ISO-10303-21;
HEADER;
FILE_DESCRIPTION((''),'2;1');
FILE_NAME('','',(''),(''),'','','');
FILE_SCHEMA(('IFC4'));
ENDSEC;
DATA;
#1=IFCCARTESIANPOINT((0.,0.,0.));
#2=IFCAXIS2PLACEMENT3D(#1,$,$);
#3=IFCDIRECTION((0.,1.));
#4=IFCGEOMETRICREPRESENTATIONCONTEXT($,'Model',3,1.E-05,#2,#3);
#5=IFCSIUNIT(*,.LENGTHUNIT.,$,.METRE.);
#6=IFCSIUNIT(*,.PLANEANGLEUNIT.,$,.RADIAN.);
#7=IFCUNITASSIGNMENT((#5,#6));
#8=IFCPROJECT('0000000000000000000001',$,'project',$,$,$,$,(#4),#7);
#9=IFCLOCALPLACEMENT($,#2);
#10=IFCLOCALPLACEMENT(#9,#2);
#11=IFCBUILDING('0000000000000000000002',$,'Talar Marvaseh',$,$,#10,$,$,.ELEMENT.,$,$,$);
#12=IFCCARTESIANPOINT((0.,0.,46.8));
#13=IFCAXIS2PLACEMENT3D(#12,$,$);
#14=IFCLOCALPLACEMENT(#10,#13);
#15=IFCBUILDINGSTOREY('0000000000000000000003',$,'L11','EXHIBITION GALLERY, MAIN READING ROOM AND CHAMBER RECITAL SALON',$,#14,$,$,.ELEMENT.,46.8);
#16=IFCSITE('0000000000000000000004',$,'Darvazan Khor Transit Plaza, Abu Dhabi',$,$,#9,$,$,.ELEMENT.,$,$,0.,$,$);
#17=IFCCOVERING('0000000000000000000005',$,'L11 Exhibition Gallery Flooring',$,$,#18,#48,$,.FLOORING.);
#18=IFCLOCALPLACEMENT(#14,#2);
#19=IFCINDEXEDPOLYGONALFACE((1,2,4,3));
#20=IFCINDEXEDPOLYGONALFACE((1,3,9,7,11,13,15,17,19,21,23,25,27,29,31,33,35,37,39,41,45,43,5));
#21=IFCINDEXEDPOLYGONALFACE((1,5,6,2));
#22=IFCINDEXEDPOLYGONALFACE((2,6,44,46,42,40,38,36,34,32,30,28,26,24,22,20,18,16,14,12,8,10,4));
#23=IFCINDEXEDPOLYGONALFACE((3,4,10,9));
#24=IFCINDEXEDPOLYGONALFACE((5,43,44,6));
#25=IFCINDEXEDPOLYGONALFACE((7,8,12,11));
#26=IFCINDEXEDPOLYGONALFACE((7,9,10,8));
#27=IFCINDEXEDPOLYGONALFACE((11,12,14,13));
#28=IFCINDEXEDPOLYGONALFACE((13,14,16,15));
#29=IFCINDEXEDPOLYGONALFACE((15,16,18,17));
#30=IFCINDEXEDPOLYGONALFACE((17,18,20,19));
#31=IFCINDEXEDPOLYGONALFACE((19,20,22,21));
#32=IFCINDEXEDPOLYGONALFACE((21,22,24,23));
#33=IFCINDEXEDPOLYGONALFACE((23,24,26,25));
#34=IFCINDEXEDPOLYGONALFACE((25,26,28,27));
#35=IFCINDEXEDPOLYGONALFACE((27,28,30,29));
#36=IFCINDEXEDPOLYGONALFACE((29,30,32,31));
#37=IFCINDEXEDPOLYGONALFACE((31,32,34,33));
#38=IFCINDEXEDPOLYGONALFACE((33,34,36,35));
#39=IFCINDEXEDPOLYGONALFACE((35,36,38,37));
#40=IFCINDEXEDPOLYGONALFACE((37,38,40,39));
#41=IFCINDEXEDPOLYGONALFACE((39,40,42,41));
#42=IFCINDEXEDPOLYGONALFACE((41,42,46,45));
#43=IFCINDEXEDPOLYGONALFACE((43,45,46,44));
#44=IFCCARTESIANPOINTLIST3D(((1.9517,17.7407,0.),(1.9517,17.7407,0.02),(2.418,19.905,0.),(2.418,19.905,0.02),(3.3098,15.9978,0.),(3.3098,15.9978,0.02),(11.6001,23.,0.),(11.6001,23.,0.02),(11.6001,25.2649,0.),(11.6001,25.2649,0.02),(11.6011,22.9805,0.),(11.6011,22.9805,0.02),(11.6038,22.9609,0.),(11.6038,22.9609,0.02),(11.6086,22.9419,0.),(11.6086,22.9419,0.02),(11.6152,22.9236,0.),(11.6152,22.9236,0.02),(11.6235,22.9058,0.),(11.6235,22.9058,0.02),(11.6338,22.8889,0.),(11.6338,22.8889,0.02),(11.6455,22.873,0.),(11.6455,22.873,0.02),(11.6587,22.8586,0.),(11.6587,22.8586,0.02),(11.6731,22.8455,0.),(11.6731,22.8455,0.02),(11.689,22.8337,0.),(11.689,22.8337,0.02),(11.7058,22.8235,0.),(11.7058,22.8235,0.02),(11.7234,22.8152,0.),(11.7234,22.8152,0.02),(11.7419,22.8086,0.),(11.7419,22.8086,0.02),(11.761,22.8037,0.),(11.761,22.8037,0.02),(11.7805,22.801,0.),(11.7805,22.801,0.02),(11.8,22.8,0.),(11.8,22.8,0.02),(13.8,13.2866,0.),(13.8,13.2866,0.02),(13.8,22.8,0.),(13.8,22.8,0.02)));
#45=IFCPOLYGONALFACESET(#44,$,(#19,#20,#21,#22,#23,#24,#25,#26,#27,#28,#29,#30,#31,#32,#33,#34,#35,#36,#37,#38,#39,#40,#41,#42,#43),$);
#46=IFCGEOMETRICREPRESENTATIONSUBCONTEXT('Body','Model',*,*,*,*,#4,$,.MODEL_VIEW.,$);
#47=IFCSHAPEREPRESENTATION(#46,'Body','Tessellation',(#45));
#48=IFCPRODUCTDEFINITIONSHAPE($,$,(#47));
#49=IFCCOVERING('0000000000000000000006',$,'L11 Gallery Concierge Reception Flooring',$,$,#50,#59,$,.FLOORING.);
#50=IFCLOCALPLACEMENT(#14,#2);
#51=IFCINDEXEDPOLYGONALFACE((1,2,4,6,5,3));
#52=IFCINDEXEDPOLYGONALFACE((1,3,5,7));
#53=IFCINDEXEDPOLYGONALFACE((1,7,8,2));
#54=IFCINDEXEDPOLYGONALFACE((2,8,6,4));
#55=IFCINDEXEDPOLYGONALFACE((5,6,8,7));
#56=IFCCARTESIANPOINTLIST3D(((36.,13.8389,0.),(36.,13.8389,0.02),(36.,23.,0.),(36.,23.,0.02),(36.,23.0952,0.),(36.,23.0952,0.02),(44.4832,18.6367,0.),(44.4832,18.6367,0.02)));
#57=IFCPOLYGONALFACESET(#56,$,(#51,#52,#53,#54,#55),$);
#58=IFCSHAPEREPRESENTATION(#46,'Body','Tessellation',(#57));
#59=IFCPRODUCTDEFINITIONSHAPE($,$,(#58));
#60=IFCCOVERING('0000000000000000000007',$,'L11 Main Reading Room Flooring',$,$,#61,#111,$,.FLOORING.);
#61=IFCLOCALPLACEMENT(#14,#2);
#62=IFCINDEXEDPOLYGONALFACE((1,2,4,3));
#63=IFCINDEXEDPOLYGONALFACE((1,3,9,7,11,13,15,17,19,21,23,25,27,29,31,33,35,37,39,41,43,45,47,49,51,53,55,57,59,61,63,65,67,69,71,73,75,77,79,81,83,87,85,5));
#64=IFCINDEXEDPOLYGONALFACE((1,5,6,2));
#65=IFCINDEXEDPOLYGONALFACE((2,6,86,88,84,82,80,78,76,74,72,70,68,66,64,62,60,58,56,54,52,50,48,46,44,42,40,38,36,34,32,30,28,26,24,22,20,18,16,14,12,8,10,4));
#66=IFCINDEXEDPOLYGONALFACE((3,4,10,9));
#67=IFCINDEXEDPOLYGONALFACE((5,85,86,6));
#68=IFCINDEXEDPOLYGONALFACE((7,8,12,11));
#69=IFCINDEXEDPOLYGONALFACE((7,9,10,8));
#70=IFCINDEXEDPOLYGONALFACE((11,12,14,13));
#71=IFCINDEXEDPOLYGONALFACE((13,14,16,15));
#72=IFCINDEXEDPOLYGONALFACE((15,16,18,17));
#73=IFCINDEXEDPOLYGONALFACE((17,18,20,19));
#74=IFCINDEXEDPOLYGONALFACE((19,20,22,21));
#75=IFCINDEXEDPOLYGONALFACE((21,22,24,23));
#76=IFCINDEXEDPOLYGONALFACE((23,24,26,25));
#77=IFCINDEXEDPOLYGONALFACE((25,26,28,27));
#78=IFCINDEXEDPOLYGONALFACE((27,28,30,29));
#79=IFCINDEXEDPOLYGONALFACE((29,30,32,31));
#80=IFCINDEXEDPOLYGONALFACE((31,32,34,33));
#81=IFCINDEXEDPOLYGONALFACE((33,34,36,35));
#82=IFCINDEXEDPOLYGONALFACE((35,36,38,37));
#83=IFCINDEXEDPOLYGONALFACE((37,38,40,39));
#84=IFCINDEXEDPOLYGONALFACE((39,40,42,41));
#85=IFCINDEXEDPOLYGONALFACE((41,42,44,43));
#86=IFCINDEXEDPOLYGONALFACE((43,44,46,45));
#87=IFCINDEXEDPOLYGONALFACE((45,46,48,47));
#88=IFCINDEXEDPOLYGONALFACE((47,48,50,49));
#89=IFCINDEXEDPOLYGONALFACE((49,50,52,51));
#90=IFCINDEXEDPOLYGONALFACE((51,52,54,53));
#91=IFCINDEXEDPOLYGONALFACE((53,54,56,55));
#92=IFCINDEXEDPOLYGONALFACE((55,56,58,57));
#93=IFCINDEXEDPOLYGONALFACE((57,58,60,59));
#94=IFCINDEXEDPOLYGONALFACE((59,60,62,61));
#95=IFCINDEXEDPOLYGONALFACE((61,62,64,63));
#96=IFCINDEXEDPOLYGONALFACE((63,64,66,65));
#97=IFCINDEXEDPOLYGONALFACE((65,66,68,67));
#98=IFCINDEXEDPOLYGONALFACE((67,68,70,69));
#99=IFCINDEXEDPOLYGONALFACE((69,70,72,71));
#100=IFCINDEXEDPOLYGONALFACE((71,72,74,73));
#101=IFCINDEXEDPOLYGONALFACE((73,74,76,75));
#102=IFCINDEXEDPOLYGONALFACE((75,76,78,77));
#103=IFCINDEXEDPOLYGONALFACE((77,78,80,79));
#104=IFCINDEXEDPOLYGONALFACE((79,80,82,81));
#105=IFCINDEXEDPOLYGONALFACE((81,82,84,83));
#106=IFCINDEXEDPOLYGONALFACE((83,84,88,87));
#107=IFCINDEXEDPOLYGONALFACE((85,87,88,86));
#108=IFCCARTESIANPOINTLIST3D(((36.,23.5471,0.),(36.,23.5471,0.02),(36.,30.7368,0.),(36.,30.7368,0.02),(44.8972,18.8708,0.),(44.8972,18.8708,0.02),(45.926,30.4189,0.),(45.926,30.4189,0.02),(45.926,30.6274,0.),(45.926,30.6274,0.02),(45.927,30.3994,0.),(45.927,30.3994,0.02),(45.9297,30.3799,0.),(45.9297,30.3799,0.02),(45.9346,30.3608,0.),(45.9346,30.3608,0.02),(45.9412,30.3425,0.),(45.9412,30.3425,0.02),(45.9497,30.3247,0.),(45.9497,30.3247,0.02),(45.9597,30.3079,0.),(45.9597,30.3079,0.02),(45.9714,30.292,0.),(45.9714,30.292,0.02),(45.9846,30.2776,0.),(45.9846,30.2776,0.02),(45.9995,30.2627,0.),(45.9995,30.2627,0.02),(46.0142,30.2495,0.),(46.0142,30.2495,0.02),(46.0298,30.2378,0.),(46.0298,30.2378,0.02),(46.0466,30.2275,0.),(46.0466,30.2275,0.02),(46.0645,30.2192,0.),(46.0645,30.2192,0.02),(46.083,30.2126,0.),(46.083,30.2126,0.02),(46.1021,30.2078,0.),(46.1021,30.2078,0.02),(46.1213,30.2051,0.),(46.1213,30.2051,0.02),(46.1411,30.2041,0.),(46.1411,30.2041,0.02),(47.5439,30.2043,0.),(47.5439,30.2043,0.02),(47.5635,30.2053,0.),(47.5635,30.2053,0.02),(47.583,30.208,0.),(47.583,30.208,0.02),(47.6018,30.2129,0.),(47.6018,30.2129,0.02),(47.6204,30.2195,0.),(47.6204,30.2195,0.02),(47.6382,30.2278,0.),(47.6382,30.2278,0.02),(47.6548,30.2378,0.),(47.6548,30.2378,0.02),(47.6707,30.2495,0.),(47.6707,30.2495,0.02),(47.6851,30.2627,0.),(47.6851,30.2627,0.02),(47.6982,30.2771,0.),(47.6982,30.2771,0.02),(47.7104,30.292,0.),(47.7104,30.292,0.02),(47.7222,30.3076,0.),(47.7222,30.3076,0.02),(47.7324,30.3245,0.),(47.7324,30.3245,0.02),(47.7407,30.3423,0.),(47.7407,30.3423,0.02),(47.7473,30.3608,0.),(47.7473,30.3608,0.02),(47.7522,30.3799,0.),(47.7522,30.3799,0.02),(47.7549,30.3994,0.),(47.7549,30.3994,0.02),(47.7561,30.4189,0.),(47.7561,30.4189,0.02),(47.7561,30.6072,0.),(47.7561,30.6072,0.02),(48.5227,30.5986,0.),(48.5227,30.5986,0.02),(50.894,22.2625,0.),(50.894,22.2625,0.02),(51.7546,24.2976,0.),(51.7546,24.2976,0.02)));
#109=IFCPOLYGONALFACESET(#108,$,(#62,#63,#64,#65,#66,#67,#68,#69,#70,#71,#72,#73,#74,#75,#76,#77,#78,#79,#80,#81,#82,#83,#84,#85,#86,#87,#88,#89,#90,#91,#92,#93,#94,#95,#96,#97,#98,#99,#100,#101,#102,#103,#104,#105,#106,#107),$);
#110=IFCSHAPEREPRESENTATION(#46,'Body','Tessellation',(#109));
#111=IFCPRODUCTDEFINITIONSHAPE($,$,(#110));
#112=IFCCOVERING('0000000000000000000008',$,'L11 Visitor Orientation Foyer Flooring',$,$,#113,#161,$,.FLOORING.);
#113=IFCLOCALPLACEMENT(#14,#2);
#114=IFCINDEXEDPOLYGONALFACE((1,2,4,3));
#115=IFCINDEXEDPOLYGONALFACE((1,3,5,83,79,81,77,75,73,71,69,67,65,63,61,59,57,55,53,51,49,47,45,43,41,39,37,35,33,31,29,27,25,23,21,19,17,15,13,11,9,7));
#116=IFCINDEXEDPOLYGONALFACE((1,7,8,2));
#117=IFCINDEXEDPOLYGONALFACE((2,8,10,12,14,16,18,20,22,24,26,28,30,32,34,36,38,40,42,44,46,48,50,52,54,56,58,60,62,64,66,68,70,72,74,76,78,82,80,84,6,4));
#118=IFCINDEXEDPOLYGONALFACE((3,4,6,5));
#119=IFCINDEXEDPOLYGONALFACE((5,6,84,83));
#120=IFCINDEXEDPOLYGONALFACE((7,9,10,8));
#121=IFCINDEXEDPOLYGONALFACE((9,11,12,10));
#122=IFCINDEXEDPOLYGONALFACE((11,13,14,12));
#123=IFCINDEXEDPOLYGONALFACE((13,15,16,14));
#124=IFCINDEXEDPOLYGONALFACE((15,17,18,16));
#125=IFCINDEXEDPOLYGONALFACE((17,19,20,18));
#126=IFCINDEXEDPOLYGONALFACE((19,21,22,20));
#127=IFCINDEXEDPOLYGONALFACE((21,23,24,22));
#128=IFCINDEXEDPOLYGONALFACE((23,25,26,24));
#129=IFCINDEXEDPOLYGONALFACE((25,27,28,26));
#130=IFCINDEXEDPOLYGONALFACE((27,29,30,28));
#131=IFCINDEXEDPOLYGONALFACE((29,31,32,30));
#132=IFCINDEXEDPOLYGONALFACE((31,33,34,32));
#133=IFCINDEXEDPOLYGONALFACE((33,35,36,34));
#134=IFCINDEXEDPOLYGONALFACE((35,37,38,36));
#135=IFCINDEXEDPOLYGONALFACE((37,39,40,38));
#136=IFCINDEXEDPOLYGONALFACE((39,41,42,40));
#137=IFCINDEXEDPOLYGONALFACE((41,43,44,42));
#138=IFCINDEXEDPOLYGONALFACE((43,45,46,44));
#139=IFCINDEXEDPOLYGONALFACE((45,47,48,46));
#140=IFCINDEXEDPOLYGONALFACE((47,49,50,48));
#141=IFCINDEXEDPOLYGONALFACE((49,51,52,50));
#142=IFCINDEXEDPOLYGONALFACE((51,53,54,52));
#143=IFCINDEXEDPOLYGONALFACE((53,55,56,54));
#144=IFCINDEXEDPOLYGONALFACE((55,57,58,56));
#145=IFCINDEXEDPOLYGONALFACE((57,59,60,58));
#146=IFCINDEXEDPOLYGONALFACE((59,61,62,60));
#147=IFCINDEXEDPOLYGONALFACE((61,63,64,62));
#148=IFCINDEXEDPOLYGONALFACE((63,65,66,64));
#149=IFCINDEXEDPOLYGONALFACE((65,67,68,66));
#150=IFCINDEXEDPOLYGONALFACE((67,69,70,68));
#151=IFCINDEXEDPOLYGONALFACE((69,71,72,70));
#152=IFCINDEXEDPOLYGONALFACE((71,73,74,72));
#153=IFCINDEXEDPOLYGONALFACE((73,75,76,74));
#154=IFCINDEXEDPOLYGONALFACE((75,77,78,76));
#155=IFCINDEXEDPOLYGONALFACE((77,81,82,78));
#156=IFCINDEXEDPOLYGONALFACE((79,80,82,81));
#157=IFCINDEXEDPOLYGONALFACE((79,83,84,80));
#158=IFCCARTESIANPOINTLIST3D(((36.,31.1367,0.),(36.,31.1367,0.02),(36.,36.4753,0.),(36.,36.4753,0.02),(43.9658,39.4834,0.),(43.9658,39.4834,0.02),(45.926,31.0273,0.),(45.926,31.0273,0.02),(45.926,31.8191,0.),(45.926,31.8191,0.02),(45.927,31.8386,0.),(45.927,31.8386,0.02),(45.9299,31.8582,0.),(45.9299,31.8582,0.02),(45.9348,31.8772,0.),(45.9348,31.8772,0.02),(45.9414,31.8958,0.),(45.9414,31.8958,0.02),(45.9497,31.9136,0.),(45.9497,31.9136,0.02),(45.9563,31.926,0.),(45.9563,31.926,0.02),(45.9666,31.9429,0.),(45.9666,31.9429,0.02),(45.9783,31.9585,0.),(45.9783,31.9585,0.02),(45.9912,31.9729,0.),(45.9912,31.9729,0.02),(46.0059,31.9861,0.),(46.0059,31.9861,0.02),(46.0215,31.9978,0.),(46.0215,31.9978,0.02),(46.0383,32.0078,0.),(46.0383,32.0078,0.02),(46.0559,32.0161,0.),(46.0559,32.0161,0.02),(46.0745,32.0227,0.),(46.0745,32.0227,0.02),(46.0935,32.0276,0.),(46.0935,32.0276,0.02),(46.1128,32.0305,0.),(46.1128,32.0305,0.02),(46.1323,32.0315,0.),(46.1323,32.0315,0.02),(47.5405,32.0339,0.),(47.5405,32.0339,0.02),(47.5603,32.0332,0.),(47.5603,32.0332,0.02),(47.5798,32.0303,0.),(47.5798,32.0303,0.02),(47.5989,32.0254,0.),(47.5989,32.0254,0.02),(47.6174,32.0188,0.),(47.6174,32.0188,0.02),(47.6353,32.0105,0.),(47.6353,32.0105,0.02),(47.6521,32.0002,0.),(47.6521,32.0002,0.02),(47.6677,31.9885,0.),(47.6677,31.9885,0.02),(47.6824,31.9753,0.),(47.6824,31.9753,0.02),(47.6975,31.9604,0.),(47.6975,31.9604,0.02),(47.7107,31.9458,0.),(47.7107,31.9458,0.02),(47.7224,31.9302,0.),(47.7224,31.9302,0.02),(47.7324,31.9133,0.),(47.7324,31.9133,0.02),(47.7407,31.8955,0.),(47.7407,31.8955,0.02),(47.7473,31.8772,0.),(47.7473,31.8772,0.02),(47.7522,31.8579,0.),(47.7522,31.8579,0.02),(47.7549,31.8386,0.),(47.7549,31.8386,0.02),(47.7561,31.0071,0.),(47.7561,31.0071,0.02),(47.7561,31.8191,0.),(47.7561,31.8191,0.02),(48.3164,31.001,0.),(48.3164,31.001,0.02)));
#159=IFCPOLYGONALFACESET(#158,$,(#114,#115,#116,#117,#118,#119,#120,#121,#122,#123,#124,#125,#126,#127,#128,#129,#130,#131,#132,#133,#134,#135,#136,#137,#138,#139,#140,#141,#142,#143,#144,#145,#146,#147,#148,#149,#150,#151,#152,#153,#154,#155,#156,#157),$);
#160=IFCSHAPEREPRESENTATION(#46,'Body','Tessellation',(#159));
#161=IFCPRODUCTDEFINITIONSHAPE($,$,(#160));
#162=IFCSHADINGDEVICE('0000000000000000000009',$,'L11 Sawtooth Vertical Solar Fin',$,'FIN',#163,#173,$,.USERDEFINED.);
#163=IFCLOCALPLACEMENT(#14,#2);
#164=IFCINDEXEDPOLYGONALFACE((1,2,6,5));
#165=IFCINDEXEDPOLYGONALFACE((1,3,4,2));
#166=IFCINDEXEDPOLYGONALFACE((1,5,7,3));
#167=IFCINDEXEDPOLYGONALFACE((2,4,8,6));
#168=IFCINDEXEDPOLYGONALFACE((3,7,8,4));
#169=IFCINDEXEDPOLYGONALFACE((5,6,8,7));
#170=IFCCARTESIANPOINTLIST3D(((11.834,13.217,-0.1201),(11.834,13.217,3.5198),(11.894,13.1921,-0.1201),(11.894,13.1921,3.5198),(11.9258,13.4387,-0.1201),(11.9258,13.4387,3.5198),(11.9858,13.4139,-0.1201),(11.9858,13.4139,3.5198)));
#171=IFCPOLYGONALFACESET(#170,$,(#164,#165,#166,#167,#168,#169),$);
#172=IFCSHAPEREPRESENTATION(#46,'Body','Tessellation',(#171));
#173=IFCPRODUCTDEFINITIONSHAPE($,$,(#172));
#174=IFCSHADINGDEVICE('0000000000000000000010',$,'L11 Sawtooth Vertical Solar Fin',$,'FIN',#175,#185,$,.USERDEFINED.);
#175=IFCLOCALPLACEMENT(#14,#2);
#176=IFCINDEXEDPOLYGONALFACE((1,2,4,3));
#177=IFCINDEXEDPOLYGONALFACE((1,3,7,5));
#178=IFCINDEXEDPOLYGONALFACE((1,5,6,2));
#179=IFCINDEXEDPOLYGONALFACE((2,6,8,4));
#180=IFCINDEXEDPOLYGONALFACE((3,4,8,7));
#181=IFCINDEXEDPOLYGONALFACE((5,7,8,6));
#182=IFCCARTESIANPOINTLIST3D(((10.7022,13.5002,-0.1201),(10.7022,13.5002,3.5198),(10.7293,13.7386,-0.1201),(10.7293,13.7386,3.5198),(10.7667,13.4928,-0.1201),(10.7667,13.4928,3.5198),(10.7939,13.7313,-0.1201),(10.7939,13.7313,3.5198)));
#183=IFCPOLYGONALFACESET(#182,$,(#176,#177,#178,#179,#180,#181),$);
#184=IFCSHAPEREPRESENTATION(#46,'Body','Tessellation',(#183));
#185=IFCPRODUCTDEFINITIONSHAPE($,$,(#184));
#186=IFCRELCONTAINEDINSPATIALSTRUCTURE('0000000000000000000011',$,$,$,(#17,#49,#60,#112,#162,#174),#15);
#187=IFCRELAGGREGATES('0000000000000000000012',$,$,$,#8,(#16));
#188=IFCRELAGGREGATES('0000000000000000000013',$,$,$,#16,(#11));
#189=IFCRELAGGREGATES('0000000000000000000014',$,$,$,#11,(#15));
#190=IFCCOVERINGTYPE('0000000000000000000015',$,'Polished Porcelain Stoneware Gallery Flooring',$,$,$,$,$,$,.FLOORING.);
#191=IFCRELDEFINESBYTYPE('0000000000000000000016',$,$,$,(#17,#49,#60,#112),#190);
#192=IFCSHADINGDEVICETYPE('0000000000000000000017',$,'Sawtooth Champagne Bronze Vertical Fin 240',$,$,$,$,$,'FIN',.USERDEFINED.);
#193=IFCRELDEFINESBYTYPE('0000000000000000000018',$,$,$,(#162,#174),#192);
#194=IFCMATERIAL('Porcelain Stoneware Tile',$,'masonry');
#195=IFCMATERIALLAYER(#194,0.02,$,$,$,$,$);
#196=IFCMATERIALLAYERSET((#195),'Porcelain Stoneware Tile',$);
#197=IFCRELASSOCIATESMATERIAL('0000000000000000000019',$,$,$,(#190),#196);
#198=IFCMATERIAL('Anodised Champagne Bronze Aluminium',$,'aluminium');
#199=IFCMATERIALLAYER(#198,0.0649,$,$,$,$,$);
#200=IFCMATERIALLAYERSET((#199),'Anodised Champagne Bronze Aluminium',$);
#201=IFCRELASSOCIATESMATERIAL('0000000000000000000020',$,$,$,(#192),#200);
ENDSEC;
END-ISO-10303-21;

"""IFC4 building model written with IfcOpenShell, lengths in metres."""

from ifc_helpers import new_model, si_unit, direction, frame, origin, origin_2d, place, context, subcontext, project, spatial, polyline, rectangle, outline, extrude, source, transform, mapped, material, layer, layer_set, type_object, type_shapes, element, save


model = new_model("IFC4")

# Units and contexts
model_context = context("Model", 3, precision=1e-05, world=origin(), true_north=direction((0.0, 1.0)))
body_context = subcontext(model_context, "Body", "Model", "MODEL_VIEW")
ifc_project = project(units=[si_unit("LENGTHUNIT", "METRE"), si_unit("PLANEANGLEUNIT", "RADIAN")], contexts=[model_context])

# Site, building, storey
site_placement = place(None, origin())
site = spatial("IfcSite", under=ifc_project, at=site_placement, Name="Darvazan Khor Transit Plaza, Abu Dhabi", CompositionType="ELEMENT", RefElevation=0.0)
building_placement = place(site_placement, origin())
building = spatial("IfcBuilding", under=site, at=building_placement, Name="Talar Marvaseh", CompositionType="ELEMENT")
storey_placement = place(building_placement, frame((0.0, 0.0, 46.8)))
storey = spatial("IfcBuildingStorey", under=building, at=storey_placement, Name="L11", Description="EXHIBITION GALLERY, MAIN READING ROOM AND CHAMBER RECITAL SALON", CompositionType="ELEMENT", Elevation=46.8)

# Coverings
ifc_material_1 = material(Name="Porcelain Stoneware Tile", Category="masonry")
ifc_layer_1 = layer(ifc_material_1, 0.02)
ifc_layer_set_1 = layer_set([ifc_layer_1], Name="Porcelain Stoneware Tile")
covering_type_1 = type_object("IfcCoveringType", Name="Polished Porcelain Stoneware Gallery Flooring", PredefinedType="FLOORING", material=ifc_layer_set_1)
covering_1_placement = place(storey_placement, origin())
element("IfcCovering", 1, at=covering_1_placement, inside=storey, type_object=covering_type_1, Name="L11 Exhibition Gallery Flooring", PredefinedType="FLOORING", context=body_context, shape_type="SweptSolid", body=[
    extrude(outline(polyline([(2.418, 19.905), (11.6001, 25.2649), (11.6001, 23.0), (11.6011, 22.9805), (11.6038, 22.9609), (11.6086, 22.9419), (11.6152, 22.9236), (11.6235, 22.9058), (11.6338, 22.8889), (11.6455, 22.873), (11.6587, 22.8586), (11.6731, 22.8455), (11.689, 22.8337), (11.7058, 22.8235), (11.7234, 22.8152), (11.7419, 22.8086), (11.761, 22.8037), (11.7805, 22.801), (11.8, 22.8), (13.8, 22.8), (13.8, 13.2866), (3.3098, 15.9978), (1.9517, 17.7407), (2.418, 19.905)])), origin(), (0.0, 0.0, 1.0), 0.02),
])
covering_2_placement = place(storey_placement, origin())
element("IfcCovering", 2, at=covering_2_placement, inside=storey, type_object=covering_type_1, Name="L11 Gallery Concierge Reception Flooring", PredefinedType="FLOORING", context=body_context, shape_type="SweptSolid", body=[
    extrude(outline(polyline([(44.4832, 18.6367), (36.0, 13.8389), (36.0, 23.0), (36.0, 23.0952), (44.4832, 18.6367)])), origin(), (0.0, 0.0, 1.0), 0.02),
])
covering_3_placement = place(storey_placement, origin())
element("IfcCovering", 3, at=covering_3_placement, inside=storey, type_object=covering_type_1, Name="L11 Main Reading Room Flooring", PredefinedType="FLOORING", context=body_context, shape_type="SweptSolid", body=[
    extrude(outline(polyline([(36.0, 23.5471), (36.0, 30.7368), (45.926, 30.6274), (45.926, 30.4189), (45.927, 30.3994), (45.9297, 30.3799), (45.9346, 30.3608), (45.9412, 30.3425), (45.9497, 30.3247), (45.9597, 30.3079), (45.9714, 30.292), (45.9846, 30.2776), (45.9995, 30.2627), (46.0142, 30.2495), (46.0298, 30.2378), (46.0466, 30.2275), (46.0645, 30.2192), (46.083, 30.2126), (46.1021, 30.2078), (46.1213, 30.2051), (46.1411, 30.2041), (47.5439, 30.2043), (47.5635, 30.2053), (47.583, 30.208), (47.6018, 30.2129), (47.6204, 30.2195), (47.6382, 30.2278), (47.6548, 30.2378), (47.6707, 30.2495), (47.6851, 30.2627), (47.6982, 30.2771), (47.7104, 30.292), (47.7222, 30.3076), (47.7324, 30.3245), (47.7407, 30.3423), (47.7473, 30.3608), (47.7522, 30.3799), (47.7549, 30.3994), (47.7561, 30.4189), (47.7561, 30.6072), (48.5227, 30.5986), (51.7546, 24.2976), (50.894, 22.2625), (44.8972, 18.8708), (36.0, 23.5471)])), origin(), (0.0, 0.0, 1.0), 0.02),
])
covering_4_placement = place(storey_placement, origin())
element("IfcCovering", 4, at=covering_4_placement, inside=storey, type_object=covering_type_1, Name="L11 Visitor Orientation Foyer Flooring", PredefinedType="FLOORING", context=body_context, shape_type="SweptSolid", body=[
    extrude(outline(polyline([(47.7549, 31.8386), (47.7522, 31.8579), (47.7473, 31.8772), (47.7407, 31.8955), (47.7324, 31.9133), (47.7224, 31.9302), (47.7107, 31.9458), (47.6975, 31.9604), (47.6824, 31.9753), (47.6677, 31.9885), (47.6521, 32.0002), (47.6353, 32.0105), (47.6174, 32.0188), (47.5989, 32.0254), (47.5798, 32.0303), (47.5603, 32.0332), (47.5405, 32.0339), (46.1323, 32.0315), (46.1128, 32.0305), (46.0935, 32.0276), (46.0745, 32.0227), (46.0559, 32.0161), (46.0383, 32.0078), (46.0215, 31.9978), (46.0059, 31.9861), (45.9912, 31.9729), (45.9783, 31.9585), (45.9666, 31.9429), (45.9563, 31.926), (45.9497, 31.9136), (45.9414, 31.8958), (45.9348, 31.8772), (45.9299, 31.8582), (45.927, 31.8386), (45.926, 31.8191), (45.926, 31.0273), (36.0, 31.1367), (36.0, 36.4753), (43.9658, 39.4834), (48.3164, 31.001), (47.7561, 31.0071), (47.7561, 31.8191), (47.7549, 31.8386)])), origin(), (0.0, 0.0, 1.0), 0.02),
])

# Shading devices
ifc_material_2 = material(Name="Anodised Champagne Bronze Aluminium", Category="aluminium")
ifc_layer_2 = layer(ifc_material_2, 0.0649)
ifc_layer_set_2 = layer_set([ifc_layer_2], Name="Anodised Champagne Bronze Aluminium")
shading_device_type = type_object("IfcShadingDeviceType", Name="Sawtooth Champagne Bronze Vertical Fin 240", ElementType="FIN", PredefinedType="USERDEFINED", material=ifc_layer_set_2)
shared_shape_1 = source(origin(), body_context, "Body", "SweptSolid", [
    extrude(rectangle(XDim=0.24, YDim=0.0649, at=origin_2d()), origin(), (0.0, 0.0, 1.0), 3.6399),
])
type_shapes(shading_device_type, [shared_shape_1])
for number, where, z_axis, x_axis, name in (
    (5, (11.9099, 13.3154, -0.1201), (0.0, 0.0, 1.0), (-0.382522, -0.923946, 0.0), "L11 Sawtooth Vertical Solar Fin"),
    (6, (10.748, 13.6157, -0.1201), (0.0, 0.0, 1.0), (-0.11303, -0.993592, 0.0), "L11 Sawtooth Vertical Solar Fin"),
):
    element("IfcShadingDevice", number, at=place(storey_placement, frame(where, z_axis=z_axis, x_axis=x_axis)), inside=storey, type_object=shading_device_type, Name=name, ObjectType="FIN", PredefinedType="USERDEFINED", context=body_context, shape_type="MappedRepresentation", body=[
        mapped(shared_shape_1, transform((0.0, 0.0, 0.0), x_axis=(1.0, 0.0, 0.0), y_axis=(0.0, 1.0, 0.0), z_axis=(0.0, 0.0, 1.0), scale=1.0)),
    ])

save(model, "model.ifc")
